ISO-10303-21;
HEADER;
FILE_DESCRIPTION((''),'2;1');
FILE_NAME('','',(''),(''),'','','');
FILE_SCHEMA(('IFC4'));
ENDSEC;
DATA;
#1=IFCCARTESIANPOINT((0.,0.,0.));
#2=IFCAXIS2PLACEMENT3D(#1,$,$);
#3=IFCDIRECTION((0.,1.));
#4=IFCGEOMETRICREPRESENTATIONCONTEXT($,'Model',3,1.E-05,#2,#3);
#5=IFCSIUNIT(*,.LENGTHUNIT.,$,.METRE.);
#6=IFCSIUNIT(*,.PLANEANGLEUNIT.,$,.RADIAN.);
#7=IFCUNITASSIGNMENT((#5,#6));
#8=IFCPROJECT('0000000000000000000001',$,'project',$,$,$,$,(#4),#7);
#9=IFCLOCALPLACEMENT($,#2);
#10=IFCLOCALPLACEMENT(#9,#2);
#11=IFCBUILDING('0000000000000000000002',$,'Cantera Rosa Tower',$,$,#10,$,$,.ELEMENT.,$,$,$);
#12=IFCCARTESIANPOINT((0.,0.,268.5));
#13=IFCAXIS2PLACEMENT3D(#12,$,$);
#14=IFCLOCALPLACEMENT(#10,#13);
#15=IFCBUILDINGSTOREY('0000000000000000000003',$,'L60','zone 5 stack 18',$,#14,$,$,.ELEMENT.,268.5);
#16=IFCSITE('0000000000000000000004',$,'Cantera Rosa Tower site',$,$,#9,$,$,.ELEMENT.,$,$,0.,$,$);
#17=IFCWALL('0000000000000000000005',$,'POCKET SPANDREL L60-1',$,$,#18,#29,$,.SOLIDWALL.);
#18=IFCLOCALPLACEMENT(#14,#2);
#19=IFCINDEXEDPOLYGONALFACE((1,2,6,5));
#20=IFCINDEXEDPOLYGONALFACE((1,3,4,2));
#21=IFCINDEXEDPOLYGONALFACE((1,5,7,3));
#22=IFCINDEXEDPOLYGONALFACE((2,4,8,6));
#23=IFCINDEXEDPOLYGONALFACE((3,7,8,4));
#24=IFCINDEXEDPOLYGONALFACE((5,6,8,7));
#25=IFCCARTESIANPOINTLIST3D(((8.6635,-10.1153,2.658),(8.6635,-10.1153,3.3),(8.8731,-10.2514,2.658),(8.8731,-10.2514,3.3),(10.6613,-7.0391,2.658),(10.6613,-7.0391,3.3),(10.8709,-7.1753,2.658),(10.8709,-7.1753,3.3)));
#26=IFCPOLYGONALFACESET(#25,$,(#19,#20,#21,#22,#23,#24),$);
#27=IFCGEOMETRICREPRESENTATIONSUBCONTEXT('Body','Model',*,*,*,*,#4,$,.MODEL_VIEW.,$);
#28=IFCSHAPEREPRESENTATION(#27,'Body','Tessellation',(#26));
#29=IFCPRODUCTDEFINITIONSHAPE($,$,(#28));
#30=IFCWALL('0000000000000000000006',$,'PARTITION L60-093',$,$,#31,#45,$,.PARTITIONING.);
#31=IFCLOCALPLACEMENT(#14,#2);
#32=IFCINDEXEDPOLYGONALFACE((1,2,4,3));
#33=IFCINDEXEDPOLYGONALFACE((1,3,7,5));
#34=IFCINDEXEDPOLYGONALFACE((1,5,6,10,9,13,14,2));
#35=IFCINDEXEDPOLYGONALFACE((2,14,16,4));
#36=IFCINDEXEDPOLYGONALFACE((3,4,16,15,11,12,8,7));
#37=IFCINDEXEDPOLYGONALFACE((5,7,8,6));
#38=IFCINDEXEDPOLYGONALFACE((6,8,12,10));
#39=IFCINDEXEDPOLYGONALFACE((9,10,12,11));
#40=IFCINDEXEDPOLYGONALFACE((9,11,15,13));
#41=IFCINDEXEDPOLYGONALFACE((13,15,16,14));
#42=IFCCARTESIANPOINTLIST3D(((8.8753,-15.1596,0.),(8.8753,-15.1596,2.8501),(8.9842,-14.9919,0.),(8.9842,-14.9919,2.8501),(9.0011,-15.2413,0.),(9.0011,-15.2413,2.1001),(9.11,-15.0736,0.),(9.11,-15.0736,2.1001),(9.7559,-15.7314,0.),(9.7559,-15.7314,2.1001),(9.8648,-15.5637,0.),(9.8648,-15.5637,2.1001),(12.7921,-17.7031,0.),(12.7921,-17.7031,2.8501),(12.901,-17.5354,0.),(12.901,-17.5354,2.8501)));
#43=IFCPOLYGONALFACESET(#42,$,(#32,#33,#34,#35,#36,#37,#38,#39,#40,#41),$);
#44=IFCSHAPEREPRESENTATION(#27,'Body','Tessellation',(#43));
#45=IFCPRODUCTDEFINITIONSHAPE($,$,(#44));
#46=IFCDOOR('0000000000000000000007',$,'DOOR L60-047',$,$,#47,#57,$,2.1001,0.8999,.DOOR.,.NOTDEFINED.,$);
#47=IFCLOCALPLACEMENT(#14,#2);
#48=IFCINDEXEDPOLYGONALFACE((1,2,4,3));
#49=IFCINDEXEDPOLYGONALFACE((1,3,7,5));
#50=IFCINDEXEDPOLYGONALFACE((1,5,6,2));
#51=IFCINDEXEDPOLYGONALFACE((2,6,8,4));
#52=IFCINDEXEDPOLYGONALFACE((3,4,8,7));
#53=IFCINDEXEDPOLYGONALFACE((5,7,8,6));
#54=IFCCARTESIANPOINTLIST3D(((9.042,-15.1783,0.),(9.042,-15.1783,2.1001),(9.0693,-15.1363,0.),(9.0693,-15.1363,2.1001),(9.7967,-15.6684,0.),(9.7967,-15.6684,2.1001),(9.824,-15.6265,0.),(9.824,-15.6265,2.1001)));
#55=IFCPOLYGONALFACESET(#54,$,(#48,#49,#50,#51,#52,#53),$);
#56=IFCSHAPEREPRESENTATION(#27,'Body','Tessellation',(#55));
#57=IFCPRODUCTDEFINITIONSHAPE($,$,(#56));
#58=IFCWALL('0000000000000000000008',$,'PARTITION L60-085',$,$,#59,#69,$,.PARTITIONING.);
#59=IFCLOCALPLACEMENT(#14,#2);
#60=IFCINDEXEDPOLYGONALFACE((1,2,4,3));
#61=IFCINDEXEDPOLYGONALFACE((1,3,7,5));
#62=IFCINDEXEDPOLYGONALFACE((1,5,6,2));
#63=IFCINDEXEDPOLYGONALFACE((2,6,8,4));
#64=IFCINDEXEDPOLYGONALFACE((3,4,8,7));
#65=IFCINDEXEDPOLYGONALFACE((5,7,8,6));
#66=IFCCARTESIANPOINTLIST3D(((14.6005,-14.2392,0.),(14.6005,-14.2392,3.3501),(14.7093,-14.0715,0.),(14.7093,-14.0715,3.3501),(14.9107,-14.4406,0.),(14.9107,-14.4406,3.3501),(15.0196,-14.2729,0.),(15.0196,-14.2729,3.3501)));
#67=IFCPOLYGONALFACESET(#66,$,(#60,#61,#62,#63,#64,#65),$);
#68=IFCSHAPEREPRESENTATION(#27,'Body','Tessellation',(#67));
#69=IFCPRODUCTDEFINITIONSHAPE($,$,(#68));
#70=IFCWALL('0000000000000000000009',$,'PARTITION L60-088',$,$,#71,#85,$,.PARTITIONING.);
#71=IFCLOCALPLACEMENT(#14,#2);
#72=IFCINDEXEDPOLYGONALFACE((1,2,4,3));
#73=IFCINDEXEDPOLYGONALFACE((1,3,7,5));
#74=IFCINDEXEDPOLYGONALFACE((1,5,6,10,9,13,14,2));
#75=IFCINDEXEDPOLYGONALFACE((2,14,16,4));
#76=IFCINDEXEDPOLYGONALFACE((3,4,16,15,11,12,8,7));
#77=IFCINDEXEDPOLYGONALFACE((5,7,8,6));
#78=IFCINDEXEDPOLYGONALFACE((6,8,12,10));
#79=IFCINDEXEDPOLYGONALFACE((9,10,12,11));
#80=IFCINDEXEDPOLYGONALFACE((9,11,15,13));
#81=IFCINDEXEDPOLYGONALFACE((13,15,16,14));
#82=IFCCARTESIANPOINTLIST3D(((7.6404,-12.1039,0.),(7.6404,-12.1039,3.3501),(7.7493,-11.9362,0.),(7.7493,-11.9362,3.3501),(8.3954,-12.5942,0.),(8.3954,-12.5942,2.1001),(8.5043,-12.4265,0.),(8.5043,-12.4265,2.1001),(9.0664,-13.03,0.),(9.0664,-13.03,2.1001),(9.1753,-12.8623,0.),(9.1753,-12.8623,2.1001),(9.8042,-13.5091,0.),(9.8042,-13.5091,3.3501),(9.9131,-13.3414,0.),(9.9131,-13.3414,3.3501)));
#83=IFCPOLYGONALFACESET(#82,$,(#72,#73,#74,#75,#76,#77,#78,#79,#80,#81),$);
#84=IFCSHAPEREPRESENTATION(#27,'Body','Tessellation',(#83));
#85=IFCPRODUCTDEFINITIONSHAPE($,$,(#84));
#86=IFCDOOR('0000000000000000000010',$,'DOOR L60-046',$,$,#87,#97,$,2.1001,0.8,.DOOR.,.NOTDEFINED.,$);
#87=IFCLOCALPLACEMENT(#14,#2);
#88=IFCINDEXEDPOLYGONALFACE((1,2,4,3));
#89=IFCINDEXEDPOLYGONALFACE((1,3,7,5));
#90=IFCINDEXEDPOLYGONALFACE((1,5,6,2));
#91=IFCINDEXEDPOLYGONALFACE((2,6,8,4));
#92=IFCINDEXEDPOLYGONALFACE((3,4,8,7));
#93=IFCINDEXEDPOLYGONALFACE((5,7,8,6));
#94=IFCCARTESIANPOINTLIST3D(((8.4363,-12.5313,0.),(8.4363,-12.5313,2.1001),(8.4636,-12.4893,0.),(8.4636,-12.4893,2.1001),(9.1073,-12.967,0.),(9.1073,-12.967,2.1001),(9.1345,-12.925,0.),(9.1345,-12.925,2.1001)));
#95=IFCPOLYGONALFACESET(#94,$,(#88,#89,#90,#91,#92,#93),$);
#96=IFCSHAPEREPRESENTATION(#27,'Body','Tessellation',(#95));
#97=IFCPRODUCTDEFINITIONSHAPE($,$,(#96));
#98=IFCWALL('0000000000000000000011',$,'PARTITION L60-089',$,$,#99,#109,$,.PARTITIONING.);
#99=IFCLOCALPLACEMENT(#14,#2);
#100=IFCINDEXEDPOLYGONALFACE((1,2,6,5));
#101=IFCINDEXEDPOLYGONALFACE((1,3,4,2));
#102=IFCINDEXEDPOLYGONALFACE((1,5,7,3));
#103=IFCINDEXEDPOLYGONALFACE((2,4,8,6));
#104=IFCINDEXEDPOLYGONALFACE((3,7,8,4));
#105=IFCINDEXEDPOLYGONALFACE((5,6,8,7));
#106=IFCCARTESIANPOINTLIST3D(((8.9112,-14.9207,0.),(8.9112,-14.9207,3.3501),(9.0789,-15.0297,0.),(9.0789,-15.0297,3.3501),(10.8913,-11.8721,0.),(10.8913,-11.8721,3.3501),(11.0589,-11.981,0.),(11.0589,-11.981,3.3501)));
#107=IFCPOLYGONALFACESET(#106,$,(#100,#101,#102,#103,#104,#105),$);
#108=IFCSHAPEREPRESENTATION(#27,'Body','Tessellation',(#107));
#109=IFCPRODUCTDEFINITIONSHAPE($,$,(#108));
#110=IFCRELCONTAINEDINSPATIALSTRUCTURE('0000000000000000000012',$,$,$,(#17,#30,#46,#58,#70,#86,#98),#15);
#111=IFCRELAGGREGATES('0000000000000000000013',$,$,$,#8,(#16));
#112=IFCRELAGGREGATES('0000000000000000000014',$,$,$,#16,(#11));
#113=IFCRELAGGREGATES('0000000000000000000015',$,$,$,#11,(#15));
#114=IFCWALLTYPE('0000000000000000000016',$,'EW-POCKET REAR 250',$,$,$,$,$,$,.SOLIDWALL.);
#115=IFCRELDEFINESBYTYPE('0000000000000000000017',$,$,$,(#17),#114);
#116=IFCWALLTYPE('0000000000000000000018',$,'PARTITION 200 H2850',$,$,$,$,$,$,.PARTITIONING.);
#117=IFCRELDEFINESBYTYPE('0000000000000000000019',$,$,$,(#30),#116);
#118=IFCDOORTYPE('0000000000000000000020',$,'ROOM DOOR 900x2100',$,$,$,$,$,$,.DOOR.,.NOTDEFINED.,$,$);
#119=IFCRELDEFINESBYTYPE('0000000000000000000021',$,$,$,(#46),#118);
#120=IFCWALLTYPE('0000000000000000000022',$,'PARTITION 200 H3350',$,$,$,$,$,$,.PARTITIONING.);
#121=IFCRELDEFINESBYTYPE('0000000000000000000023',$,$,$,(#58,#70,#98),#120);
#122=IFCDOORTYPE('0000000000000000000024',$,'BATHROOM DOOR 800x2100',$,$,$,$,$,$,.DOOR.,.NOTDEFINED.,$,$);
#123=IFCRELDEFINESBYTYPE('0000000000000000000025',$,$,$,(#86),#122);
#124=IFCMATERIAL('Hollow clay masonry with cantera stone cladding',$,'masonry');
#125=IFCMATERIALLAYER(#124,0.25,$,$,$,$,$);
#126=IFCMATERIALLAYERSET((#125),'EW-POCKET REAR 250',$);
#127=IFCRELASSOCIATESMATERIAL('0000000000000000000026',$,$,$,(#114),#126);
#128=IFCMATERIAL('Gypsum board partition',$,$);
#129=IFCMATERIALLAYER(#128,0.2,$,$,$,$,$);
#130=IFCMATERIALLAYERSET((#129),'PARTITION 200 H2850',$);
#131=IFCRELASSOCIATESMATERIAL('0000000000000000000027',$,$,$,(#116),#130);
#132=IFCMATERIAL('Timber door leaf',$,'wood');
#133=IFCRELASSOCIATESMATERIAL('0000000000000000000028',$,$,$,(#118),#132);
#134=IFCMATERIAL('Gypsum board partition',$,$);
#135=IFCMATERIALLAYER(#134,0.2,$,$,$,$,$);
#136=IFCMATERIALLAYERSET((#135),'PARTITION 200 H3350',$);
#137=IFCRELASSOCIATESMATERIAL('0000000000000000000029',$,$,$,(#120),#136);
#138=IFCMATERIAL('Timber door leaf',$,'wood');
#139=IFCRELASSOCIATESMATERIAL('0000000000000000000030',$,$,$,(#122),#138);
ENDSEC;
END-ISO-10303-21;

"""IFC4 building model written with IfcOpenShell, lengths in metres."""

from ifc_helpers import new_model, si_unit, direction, frame, frame_2d, origin, place, context, subcontext, project, spatial, rectangle, extrude, material, layer, layer_set, type_object, element, fill, save


model = new_model("IFC4")

# Units and contexts
model_context = context("Model", 3, precision=1e-05, world=origin(), true_north=direction((0.0, 1.0)))
body_context = subcontext(model_context, "Body", "Model", "MODEL_VIEW")
ifc_project = project(units=[si_unit("LENGTHUNIT", "METRE"), si_unit("PLANEANGLEUNIT", "RADIAN")], contexts=[model_context])

# Site, building, storey
site_placement = place(None, origin())
site = spatial("IfcSite", under=ifc_project, at=site_placement, Name="Cantera Rosa Tower site", CompositionType="ELEMENT", RefElevation=0.0)
building_placement = place(site_placement, origin())
building = spatial("IfcBuilding", under=site, at=building_placement, Name="Cantera Rosa Tower", CompositionType="ELEMENT")
storey_placement = place(building_placement, frame((0.0, 0.0, 268.5)))
storey = spatial("IfcBuildingStorey", under=building, at=storey_placement, Name="L60", Description="zone 5 stack 18", CompositionType="ELEMENT", Elevation=268.5)

# Wall
ifc_material_1 = material(Name="Hollow clay masonry with cantera stone cladding", Category="masonry")
ifc_layer_1 = layer(ifc_material_1, 0.25)
ifc_layer_set_1 = layer_set([ifc_layer_1], Name="EW-POCKET REAR 250")
wall_type_1 = type_object("IfcWallType", Name="EW-POCKET REAR 250", PredefinedType="SOLIDWALL", material=ifc_layer_set_1)
wall_1_placement = place(storey_placement, frame((8.7683, -10.1833, 2.658), z_axis=(0.0, 0.0, 1.0), x_axis=(0.544661, 0.838656, 0.0)))
element("IfcWall", 1, at=wall_1_placement, inside=storey, type_object=wall_type_1, Name="POCKET SPANDREL L60-1", PredefinedType="SOLIDWALL", context=body_context, shape_type="SweptSolid", body=[
    extrude(rectangle(XDim=3.668, YDim=0.25, at=frame_2d((1.834, 0.0))), origin(), (0.0, 0.0, 1.0), 0.6421),
])

# Wall, opening, door
ifc_material_2 = material(Name="Gypsum board partition")
ifc_layer_2 = layer(ifc_material_2, 0.2)
ifc_layer_set_2 = layer_set([ifc_layer_2], Name="PARTITION 200 H2850")
wall_type_2 = type_object("IfcWallType", Name="PARTITION 200 H2850", PredefinedType="PARTITIONING", material=ifc_layer_set_2)
wall_2_placement = place(storey_placement, frame((12.8464, -17.6191, 0.0), z_axis=(0.0, 0.0, 1.0), x_axis=(-0.838681, 0.544623, 0.0)))
wall_2 = element("IfcWall", 2, at=wall_2_placement, inside=storey, type_object=wall_type_2, Name="PARTITION L60-093", PredefinedType="PARTITIONING", context=body_context, shape_type="SweptSolid", body=[
    extrude(rectangle(XDim=4.6702, YDim=0.2, at=frame_2d((2.335, 0.0))), origin(), (0.0, 0.0, 1.0), 2.8501),
])
opening_1_placement = place(wall_2_placement, frame((3.6201, 0.0, 0.0)))
opening_1 = element("IfcOpeningElement", 3, at=opening_1_placement, cuts=wall_2, PredefinedType="OPENING", context=body_context, shape_type="SweptSolid", body=[
    extrude(rectangle(XDim=0.8999, YDim=2.1001, at=frame_2d((0.45, 1.05))), frame((0.0, 0.1099, 0.0), z_axis=(0.0, -1.0, 0.0), x_axis=(1.0, 0.0, 0.0)), (0.0, 0.0, 1.0), 0.22),
])
ifc_material_3 = material(Name="Timber door leaf", Category="wood")
door_type_1 = type_object("IfcDoorType", Name="ROOM DOOR 900x2100", OperationType="NOTDEFINED", PredefinedType="DOOR", material=ifc_material_3)
door_1_placement = place(opening_1_placement, origin())
door_1 = element("IfcDoor", 4, at=door_1_placement, inside=storey, type_object=door_type_1, Name="DOOR L60-047", OperationType="NOTDEFINED", OverallHeight=2.1001, OverallWidth=0.8999, PredefinedType="DOOR", context=body_context, shape_type="SweptSolid", body=[
    extrude(rectangle(XDim=0.8999, YDim=2.1001, at=frame_2d((0.45, 1.05))), frame((0.0, 0.0249, 0.0), z_axis=(0.0, -1.0, 0.0), x_axis=(1.0, 0.0, 0.0)), (0.0, 0.0, 1.0), 0.05),
])
fill(opening_1, door_1)

# Wall
ifc_material_4 = material(Name="Gypsum board partition")
ifc_layer_3 = layer(ifc_material_4, 0.2)
ifc_layer_set_3 = layer_set([ifc_layer_3], Name="PARTITION 200 H3350")
wall_type_3 = type_object("IfcWallType", Name="PARTITION 200 H3350", PredefinedType="PARTITIONING", material=ifc_layer_set_3)
wall_3_placement = place(storey_placement, frame((14.6548, -14.1553, 0.0), z_axis=(0.0, 0.0, 1.0), x_axis=(0.83879, -0.544455, 0.0)))
element("IfcWall", 5, at=wall_3_placement, inside=storey, type_object=wall_type_3, Name="PARTITION L60-085", PredefinedType="PARTITIONING", context=body_context, shape_type="SweptSolid", body=[
    extrude(rectangle(XDim=0.3699, YDim=0.2, at=frame_2d((0.1851, 0.0))), origin(), (0.0, 0.0, 1.0), 3.3501),
])

# Wall, opening, door
wall_4_placement = place(storey_placement, frame((9.8586, -13.4253, 0.0), z_axis=(0.0, 0.0, 1.0), x_axis=(-0.838658, 0.544659, 0.0)))
wall_4 = element("IfcWall", 6, at=wall_4_placement, inside=storey, type_object=wall_type_3, Name="PARTITION L60-088", PredefinedType="PARTITIONING", context=body_context, shape_type="SweptSolid", body=[
    extrude(rectangle(XDim=2.5801, YDim=0.2, at=frame_2d((1.29, 0.0))), origin(), (0.0, 0.0, 1.0), 3.3501),
])
opening_2_placement = place(wall_4_placement, frame((0.8799, 0.0, 0.0)))
opening_2 = element("IfcOpeningElement", 7, at=opening_2_placement, cuts=wall_4, PredefinedType="OPENING", context=body_context, shape_type="SweptSolid", body=[
    extrude(rectangle(XDim=0.8, YDim=2.1001, at=frame_2d((0.3999, 1.05))), frame((0.0, 0.1099, 0.0), z_axis=(0.0, -1.0, 0.0), x_axis=(1.0, 0.0, 0.0)), (0.0, 0.0, 1.0), 0.22),
])
ifc_material_5 = material(Name="Timber door leaf", Category="wood")
door_type_2 = type_object("IfcDoorType", Name="BATHROOM DOOR 800x2100", OperationType="NOTDEFINED", PredefinedType="DOOR", material=ifc_material_5)
door_2_placement = place(opening_2_placement, origin())
door_2 = element("IfcDoor", 8, at=door_2_placement, inside=storey, type_object=door_type_2, Name="DOOR L60-046", OperationType="NOTDEFINED", OverallHeight=2.1001, OverallWidth=0.8, PredefinedType="DOOR", context=body_context, shape_type="SweptSolid", body=[
    extrude(rectangle(XDim=0.8, YDim=2.1001, at=frame_2d((0.3999, 1.05))), frame((0.0, 0.0249, 0.0), z_axis=(0.0, -1.0, 0.0), x_axis=(1.0, 0.0, 0.0)), (0.0, 0.0, 1.0), 0.05),
])
fill(opening_2, door_2)

# Wall
wall_5_placement = place(storey_placement, frame((10.9751, -11.9265, 0.0), z_axis=(0.0, 0.0, 1.0), x_axis=(-0.544679, -0.838645, 0.0)))
element("IfcWall", 9, at=wall_5_placement, inside=storey, type_object=wall_type_3, Name="PARTITION L60-089", PredefinedType="PARTITIONING", context=body_context, shape_type="SweptSolid", body=[
    extrude(rectangle(XDim=3.6353, YDim=0.2, at=frame_2d((1.8176, 0.0))), origin(), (0.0, 0.0, 1.0), 3.3501),
])

save(model, "model.ifc")
